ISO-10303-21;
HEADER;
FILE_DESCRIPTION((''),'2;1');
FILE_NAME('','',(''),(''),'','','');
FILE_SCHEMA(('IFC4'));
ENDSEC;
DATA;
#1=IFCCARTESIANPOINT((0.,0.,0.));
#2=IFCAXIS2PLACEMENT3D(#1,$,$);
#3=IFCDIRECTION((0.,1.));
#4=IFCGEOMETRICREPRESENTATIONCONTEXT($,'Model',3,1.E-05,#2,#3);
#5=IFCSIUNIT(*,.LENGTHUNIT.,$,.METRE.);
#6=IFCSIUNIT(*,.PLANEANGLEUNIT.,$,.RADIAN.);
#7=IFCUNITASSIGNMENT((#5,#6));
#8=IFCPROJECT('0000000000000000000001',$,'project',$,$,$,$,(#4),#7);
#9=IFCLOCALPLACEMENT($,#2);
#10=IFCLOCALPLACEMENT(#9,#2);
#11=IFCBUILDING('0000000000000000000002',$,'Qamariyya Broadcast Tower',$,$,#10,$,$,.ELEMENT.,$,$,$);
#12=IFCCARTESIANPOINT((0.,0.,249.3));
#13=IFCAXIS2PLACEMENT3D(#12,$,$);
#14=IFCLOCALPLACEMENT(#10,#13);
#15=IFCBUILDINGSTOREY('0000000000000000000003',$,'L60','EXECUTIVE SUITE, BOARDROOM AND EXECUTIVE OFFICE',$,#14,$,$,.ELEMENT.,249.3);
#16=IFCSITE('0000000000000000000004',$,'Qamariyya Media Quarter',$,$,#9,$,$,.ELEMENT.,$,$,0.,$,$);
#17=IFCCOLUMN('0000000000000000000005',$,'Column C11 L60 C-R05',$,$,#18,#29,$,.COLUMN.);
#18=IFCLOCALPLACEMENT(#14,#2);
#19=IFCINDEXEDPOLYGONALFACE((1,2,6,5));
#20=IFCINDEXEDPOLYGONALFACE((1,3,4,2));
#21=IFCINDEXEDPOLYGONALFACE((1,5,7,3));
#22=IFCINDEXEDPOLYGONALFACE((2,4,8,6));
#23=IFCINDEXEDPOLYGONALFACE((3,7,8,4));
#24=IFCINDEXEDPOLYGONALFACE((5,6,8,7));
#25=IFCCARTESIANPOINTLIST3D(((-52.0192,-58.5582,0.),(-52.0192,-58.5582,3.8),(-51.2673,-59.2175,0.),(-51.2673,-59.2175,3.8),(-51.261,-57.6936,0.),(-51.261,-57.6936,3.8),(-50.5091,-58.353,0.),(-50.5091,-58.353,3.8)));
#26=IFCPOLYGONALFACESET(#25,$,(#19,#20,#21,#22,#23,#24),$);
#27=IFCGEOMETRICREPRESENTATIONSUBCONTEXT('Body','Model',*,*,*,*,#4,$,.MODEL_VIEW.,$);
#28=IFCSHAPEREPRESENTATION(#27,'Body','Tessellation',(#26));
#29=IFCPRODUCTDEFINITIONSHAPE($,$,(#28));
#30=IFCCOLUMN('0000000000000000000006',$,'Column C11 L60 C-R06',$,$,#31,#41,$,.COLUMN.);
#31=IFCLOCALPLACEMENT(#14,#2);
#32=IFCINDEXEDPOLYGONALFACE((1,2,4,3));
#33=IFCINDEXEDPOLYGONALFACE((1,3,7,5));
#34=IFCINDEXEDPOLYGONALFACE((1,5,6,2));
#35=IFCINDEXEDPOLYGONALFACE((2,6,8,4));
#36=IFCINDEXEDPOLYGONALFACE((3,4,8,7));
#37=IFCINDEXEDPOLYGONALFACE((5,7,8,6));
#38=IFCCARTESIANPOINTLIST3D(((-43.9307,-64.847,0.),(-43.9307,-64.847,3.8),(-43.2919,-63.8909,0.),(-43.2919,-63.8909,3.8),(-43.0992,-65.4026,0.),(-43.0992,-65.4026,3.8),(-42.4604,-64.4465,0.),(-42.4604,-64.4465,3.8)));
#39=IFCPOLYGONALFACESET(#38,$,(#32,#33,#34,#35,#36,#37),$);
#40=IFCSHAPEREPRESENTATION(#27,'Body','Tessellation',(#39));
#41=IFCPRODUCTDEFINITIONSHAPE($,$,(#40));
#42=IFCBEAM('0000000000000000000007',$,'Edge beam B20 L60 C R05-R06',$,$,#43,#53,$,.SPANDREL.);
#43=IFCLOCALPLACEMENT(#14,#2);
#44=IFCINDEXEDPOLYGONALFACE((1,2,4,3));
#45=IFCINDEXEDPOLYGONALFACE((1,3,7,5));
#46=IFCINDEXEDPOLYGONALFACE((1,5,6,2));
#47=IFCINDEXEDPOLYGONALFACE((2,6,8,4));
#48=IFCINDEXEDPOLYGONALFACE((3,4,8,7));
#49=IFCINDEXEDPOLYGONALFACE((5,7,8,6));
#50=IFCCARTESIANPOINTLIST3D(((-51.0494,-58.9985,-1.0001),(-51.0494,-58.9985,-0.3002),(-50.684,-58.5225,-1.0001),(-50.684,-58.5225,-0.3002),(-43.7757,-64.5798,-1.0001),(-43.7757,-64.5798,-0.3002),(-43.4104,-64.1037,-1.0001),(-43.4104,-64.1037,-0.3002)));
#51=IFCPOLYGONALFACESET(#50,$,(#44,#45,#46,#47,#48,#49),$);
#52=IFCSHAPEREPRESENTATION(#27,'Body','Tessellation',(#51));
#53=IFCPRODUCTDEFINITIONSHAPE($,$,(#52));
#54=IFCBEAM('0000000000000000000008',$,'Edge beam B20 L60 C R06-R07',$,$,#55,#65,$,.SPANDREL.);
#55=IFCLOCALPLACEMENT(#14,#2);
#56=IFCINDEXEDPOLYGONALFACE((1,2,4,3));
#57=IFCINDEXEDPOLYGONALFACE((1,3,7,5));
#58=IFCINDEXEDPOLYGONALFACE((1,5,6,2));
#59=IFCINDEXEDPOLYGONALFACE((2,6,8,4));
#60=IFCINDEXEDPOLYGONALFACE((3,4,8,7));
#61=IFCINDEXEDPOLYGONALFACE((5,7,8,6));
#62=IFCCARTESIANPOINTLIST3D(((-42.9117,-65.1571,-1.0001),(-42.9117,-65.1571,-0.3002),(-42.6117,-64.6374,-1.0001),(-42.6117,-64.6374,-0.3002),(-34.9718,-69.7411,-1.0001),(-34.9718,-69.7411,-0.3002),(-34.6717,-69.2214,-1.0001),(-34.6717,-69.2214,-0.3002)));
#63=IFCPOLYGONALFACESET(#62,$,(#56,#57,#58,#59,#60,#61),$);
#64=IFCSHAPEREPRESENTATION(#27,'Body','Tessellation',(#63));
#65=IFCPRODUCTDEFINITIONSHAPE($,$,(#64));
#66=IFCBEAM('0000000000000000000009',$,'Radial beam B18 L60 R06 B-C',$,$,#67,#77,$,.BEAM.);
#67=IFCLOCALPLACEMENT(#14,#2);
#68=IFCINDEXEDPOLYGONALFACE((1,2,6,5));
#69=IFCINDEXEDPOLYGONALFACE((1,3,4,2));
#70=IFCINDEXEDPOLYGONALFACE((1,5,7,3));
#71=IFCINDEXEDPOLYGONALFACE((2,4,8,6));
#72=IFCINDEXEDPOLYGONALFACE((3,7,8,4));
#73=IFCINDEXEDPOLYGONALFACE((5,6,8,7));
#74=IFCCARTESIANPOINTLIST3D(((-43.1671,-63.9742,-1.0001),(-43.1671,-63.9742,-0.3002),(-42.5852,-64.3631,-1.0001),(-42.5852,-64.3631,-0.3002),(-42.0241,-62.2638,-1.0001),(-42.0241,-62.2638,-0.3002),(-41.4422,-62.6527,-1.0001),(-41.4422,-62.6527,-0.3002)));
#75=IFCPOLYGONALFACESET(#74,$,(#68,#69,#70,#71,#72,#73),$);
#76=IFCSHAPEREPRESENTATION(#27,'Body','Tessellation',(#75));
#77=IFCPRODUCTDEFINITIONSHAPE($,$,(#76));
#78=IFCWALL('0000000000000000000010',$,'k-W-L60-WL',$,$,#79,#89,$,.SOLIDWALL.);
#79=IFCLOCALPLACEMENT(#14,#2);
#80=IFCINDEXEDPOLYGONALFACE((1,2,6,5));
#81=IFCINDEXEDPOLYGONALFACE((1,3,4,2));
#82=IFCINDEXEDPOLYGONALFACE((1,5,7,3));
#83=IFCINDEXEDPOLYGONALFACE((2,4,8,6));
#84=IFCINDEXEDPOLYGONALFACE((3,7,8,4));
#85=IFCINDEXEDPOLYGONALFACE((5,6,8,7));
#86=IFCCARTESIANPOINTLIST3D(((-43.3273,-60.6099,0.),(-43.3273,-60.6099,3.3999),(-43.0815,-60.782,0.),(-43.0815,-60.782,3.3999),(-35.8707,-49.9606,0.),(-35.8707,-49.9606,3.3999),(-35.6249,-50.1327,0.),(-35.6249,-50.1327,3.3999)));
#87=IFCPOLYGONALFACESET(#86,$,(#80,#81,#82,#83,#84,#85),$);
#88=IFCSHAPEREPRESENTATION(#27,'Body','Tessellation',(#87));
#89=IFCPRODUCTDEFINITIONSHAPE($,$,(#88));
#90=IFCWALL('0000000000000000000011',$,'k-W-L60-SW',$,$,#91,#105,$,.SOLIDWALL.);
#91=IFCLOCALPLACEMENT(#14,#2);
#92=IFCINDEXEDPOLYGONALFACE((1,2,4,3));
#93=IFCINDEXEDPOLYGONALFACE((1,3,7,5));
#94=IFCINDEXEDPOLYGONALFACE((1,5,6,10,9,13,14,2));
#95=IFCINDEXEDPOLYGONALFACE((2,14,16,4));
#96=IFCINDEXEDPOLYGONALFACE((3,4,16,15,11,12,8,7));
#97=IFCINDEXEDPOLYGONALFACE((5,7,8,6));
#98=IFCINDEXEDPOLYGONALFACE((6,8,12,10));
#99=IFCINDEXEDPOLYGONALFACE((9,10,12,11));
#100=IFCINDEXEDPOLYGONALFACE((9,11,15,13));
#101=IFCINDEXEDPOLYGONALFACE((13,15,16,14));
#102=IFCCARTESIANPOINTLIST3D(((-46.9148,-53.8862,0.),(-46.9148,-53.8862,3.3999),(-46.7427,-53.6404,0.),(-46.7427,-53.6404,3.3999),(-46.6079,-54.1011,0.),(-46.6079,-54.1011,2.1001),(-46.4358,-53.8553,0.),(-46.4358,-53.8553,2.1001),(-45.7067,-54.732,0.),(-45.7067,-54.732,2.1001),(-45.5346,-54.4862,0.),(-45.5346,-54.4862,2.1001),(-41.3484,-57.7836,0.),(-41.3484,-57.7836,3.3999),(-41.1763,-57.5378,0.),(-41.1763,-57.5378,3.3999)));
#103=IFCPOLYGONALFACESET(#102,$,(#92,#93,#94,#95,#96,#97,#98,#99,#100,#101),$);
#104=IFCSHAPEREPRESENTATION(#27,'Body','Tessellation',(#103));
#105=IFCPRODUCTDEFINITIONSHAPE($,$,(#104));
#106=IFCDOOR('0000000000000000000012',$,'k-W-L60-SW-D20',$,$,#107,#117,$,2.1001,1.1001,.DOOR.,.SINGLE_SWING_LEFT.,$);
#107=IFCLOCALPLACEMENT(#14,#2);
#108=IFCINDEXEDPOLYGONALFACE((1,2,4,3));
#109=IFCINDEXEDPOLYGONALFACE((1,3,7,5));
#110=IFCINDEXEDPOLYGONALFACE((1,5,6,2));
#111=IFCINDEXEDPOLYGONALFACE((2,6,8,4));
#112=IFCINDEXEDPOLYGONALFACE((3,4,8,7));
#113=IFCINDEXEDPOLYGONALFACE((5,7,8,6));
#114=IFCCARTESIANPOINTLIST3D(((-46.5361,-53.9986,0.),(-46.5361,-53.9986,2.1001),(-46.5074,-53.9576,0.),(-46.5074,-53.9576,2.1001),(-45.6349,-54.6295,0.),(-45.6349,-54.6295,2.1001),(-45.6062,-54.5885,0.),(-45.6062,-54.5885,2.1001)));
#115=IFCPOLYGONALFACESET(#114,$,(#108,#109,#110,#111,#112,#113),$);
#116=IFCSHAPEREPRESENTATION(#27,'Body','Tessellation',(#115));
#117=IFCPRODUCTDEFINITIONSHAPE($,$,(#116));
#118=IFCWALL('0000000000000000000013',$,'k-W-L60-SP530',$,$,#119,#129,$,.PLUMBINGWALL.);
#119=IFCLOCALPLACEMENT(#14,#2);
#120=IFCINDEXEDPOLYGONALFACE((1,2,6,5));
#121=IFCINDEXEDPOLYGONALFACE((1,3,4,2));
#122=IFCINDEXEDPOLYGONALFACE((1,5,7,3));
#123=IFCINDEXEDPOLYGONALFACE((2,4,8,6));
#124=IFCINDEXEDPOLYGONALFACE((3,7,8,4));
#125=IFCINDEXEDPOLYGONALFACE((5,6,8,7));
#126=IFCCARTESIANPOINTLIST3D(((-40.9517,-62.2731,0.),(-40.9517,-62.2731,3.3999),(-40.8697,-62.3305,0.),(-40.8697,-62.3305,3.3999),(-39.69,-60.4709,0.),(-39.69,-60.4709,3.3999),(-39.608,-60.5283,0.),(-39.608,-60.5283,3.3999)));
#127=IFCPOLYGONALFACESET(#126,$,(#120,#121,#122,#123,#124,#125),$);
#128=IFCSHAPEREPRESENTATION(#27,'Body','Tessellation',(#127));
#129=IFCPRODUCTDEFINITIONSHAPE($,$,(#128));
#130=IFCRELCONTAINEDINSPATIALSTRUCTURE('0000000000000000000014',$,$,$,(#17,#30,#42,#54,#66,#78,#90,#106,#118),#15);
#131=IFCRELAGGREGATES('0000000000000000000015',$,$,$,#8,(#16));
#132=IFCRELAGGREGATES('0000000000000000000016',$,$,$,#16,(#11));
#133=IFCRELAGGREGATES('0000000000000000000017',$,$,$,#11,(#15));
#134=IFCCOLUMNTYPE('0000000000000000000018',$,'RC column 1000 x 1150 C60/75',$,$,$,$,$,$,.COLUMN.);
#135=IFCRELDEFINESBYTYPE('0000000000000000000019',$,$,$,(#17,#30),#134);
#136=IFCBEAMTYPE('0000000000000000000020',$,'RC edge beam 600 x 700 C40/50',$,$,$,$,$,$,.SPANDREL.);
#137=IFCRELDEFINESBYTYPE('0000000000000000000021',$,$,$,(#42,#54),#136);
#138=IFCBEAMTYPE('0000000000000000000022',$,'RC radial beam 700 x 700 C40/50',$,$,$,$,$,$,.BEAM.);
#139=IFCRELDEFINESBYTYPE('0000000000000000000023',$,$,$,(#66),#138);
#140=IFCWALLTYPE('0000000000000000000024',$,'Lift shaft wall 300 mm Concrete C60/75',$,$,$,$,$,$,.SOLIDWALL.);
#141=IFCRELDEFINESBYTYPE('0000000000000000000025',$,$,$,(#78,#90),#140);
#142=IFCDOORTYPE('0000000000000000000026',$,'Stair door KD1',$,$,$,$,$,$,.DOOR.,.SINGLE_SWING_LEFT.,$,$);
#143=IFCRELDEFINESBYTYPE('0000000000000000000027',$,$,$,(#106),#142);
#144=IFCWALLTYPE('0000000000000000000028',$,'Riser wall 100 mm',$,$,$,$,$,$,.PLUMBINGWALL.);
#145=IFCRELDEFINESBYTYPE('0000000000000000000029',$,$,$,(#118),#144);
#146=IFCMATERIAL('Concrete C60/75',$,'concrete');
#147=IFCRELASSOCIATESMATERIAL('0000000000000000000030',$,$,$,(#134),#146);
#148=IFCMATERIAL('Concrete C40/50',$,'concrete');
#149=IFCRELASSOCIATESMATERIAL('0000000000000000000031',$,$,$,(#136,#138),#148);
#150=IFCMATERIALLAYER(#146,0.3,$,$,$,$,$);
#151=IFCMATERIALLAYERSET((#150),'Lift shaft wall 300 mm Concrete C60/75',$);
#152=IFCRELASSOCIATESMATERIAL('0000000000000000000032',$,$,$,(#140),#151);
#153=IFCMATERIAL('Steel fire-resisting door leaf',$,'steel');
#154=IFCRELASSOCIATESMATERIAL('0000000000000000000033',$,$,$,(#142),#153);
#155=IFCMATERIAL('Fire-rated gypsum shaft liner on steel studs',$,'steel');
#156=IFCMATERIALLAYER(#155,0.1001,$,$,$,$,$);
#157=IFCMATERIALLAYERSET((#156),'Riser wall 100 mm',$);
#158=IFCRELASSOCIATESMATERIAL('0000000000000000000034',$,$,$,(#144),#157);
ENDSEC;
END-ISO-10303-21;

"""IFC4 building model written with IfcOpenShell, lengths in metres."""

from ifc_helpers import new_model, si_unit, direction, frame, frame_2d, origin, origin_2d, place, context, subcontext, project, spatial, rectangle, extrude, material, layer, layer_set, material_profile, profile_set, type_object, element, fill, save


model = new_model("IFC4")

# Units and contexts
model_context = context("Model", 3, precision=1e-05, world=origin(), true_north=direction((0.0, 1.0)))
body_context = subcontext(model_context, "Body", "Model", "MODEL_VIEW")
ifc_project = project(units=[si_unit("LENGTHUNIT", "METRE"), si_unit("PLANEANGLEUNIT", "RADIAN")], contexts=[model_context])

# Site, building, storey
site_placement = place(None, origin())
site = spatial("IfcSite", under=ifc_project, at=site_placement, Name="Qamariyya Media Quarter", CompositionType="ELEMENT", RefElevation=0.0)
building_placement = place(site_placement, origin())
building = spatial("IfcBuilding", under=site, at=building_placement, Name="Qamariyya Broadcast Tower", CompositionType="ELEMENT")
storey_placement = place(building_placement, frame((0.0, 0.0, 249.3)))
storey = spatial("IfcBuildingStorey", under=building, at=storey_placement, Name="L60", Description="EXECUTIVE SUITE, BOARDROOM AND EXECUTIVE OFFICE", CompositionType="ELEMENT", Elevation=249.3)

# Columns
ifc_material_1 = material(Name="Concrete C60/75", Category="concrete")
ifc_material_profile_1 = material_profile(ifc_material_1, rectangle(XDim=1.0, YDim=1.1499, at=origin_2d()))
ifc_profile_set_1 = profile_set([ifc_material_profile_1], Name="Concrete C60/75")
column_type = type_object("IfcColumnType", Name="RC column 1000 x 1150 C60/75", PredefinedType="COLUMN", material=ifc_profile_set_1)
for number, where, z_axis, x_axis, name in (
    (1, (-51.2642, -58.4556, 0.0), (0.0, 0.0, 1.0), (0.75184, -0.659346, 0.0), "Column C11 L60 C-R05"),
    (2, (-43.1956, -64.6467, 0.0), (0.0, 0.0, 1.0), (0.83147, -0.55557, 0.0), "Column C11 L60 C-R06"),
):
    element("IfcColumn", number, at=place(storey_placement, frame(where, z_axis=z_axis, x_axis=x_axis)), inside=storey, type_object=column_type, Name=name, PredefinedType="COLUMN", context=body_context, shape_type="SweptSolid", body=[
        extrude(rectangle(XDim=1.0, YDim=1.1499, at=origin_2d()), origin(), (0.0, 0.0, 1.0), 3.8),
    ])

# Beams
ifc_material_2 = material(Name="Concrete C40/50", Category="concrete")
ifc_material_profile_2 = material_profile(ifc_material_2, rectangle(XDim=0.6001, YDim=0.7, at=origin_2d()))
ifc_profile_set_2 = profile_set([ifc_material_profile_2], Name="Concrete C40/50")
beam_type_1 = type_object("IfcBeamType", Name="RC edge beam 600 x 700 C40/50", PredefinedType="SPANDREL", material=ifc_profile_set_2)
for number, where, z_axis, x_axis, name in (
    (3, (-50.8667, -58.7605, -0.6501), (0.793353, -0.608762, 0.0), (0.608762, 0.793353, 0.0), "Edge beam B20 L60 C R05-R06"),
    (4, (-42.7617, -64.8972, -0.6501), (0.866032, -0.499988, 0.0), (0.499988, 0.866032, 0.0), "Edge beam B20 L60 C R06-R07"),
):
    element("IfcBeam", number, at=place(storey_placement, frame(where, z_axis=z_axis, x_axis=x_axis)), inside=storey, type_object=beam_type_1, Name=name, PredefinedType="SPANDREL", context=body_context, shape_type="SweptSolid", body=[
        extrude(rectangle(XDim=0.6001, YDim=0.7, at=origin_2d()), origin(), (0.0, 0.0, 1.0), 9.1682),
    ])
ifc_material_profile_3 = material_profile(ifc_material_2, rectangle(XDim=0.7, YDim=0.7, at=origin_2d()))
ifc_profile_set_3 = profile_set([ifc_material_profile_3], Name="Concrete C40/50")
beam_type_2 = type_object("IfcBeamType", Name="RC radial beam 700 x 700 C40/50", PredefinedType="BEAM", material=ifc_profile_set_3)
beam_placement = place(storey_placement, frame((-41.7332, -62.4583, -0.6501), z_axis=(-0.555631, -0.831429, 0.0), x_axis=(0.831429, -0.555631, 0.0)))
element("IfcBeam", 5, at=beam_placement, inside=storey, type_object=beam_type_2, Name="Radial beam B18 L60 R06 B-C", PredefinedType="BEAM", context=body_context, shape_type="SweptSolid", body=[
    extrude(rectangle(XDim=0.7, YDim=0.7, at=origin_2d()), origin(), (0.0, 0.0, 1.0), 2.0571),
])

# Wall
ifc_layer_1 = layer(ifc_material_1, 0.3)
ifc_layer_set_1 = layer_set([ifc_layer_1], Name="Lift shaft wall 300 mm Concrete C60/75")
wall_type_1 = type_object("IfcWallType", Name="Lift shaft wall 300 mm Concrete C60/75", PredefinedType="SOLIDWALL", material=ifc_layer_set_1)
wall_1_placement = place(storey_placement, frame((-43.2043, -60.6958, 0.0), z_axis=(0.0, 0.0, 1.0), x_axis=(0.573572, 0.819155, 0.0)))
element("IfcWall", 6, at=wall_1_placement, inside=storey, type_object=wall_type_1, Name="k-W-L60-WL", PredefinedType="SOLIDWALL", context=body_context, shape_type="SweptSolid", body=[
    extrude(rectangle(XDim=13.0002, YDim=0.3, at=frame_2d((6.5, 0.0))), origin(), (0.0, 0.0, 1.0), 3.3999),
])

# Wall, opening, door
wall_2_placement = place(storey_placement, frame((-41.2625, -57.6606, 0.0), z_axis=(0.0, 0.0, 1.0), x_axis=(-0.819164, 0.573559, 0.0)))
wall_2 = element("IfcWall", 7, at=wall_2_placement, inside=storey, type_object=wall_type_1, Name="k-W-L60-SW", PredefinedType="SOLIDWALL", context=body_context, shape_type="SweptSolid", body=[
    extrude(rectangle(XDim=6.7952, YDim=0.3, at=frame_2d((3.3975, 0.0))), origin(), (0.0, 0.0, 1.0), 3.3999),
])
opening_placement = place(wall_2_placement, frame((5.3203, 0.0, 0.0)))
opening = element("IfcOpeningElement", 8, at=opening_placement, cuts=wall_2, PredefinedType="OPENING", context=body_context, shape_type="SweptSolid", body=[
    extrude(rectangle(XDim=1.1001, YDim=2.1001, at=frame_2d((0.55, 1.05))), frame((0.0, 0.1599, 0.0), z_axis=(0.0, -1.0, 0.0), x_axis=(1.0, 0.0, 0.0)), (0.0, 0.0, 1.0), 0.3201),
])
ifc_material_3 = material(Name="Steel fire-resisting door leaf", Category="steel")
door_type = type_object("IfcDoorType", Name="Stair door KD1", OperationType="SINGLE_SWING_LEFT", PredefinedType="DOOR", material=ifc_material_3)
door_placement = place(opening_placement, origin())
door = element("IfcDoor", 9, at=door_placement, inside=storey, type_object=door_type, Name="k-W-L60-SW-D20", OperationType="SINGLE_SWING_LEFT", OverallHeight=2.1001, OverallWidth=1.1001, PredefinedType="DOOR", context=body_context, shape_type="SweptSolid", body=[
    extrude(rectangle(XDim=1.1001, YDim=2.1001, at=frame_2d((0.55, 1.05))), frame((0.0, 0.0249, 0.0), z_axis=(0.0, -1.0, 0.0), x_axis=(1.0, 0.0, 0.0)), (0.0, 0.0, 1.0), 0.05),
])
fill(opening, door)

# Wall
ifc_material_4 = material(Name="Fire-rated gypsum shaft liner on steel studs", Category="steel")
ifc_layer_2 = layer(ifc_material_4, 0.1001)
ifc_layer_set_2 = layer_set([ifc_layer_2], Name="Riser wall 100 mm")
wall_type_2 = type_object("IfcWallType", Name="Riser wall 100 mm", PredefinedType="PLUMBINGWALL", material=ifc_layer_set_2)
wall_3_placement = place(storey_placement, frame((-39.6489, -60.4995, 0.0), z_axis=(0.0, 0.0, 1.0), x_axis=(-0.573507, -0.819201, 0.0)))
element("IfcWall", 10, at=wall_3_placement, inside=storey, type_object=wall_type_2, Name="k-W-L60-SP530", PredefinedType="PLUMBINGWALL", context=body_context, shape_type="SweptSolid", body=[
    extrude(rectangle(XDim=2.2, YDim=0.1001, at=frame_2d((1.1001, 0.0))), origin(), (0.0, 0.0, 1.0), 3.3999),
])

save(model, "model.ifc")
